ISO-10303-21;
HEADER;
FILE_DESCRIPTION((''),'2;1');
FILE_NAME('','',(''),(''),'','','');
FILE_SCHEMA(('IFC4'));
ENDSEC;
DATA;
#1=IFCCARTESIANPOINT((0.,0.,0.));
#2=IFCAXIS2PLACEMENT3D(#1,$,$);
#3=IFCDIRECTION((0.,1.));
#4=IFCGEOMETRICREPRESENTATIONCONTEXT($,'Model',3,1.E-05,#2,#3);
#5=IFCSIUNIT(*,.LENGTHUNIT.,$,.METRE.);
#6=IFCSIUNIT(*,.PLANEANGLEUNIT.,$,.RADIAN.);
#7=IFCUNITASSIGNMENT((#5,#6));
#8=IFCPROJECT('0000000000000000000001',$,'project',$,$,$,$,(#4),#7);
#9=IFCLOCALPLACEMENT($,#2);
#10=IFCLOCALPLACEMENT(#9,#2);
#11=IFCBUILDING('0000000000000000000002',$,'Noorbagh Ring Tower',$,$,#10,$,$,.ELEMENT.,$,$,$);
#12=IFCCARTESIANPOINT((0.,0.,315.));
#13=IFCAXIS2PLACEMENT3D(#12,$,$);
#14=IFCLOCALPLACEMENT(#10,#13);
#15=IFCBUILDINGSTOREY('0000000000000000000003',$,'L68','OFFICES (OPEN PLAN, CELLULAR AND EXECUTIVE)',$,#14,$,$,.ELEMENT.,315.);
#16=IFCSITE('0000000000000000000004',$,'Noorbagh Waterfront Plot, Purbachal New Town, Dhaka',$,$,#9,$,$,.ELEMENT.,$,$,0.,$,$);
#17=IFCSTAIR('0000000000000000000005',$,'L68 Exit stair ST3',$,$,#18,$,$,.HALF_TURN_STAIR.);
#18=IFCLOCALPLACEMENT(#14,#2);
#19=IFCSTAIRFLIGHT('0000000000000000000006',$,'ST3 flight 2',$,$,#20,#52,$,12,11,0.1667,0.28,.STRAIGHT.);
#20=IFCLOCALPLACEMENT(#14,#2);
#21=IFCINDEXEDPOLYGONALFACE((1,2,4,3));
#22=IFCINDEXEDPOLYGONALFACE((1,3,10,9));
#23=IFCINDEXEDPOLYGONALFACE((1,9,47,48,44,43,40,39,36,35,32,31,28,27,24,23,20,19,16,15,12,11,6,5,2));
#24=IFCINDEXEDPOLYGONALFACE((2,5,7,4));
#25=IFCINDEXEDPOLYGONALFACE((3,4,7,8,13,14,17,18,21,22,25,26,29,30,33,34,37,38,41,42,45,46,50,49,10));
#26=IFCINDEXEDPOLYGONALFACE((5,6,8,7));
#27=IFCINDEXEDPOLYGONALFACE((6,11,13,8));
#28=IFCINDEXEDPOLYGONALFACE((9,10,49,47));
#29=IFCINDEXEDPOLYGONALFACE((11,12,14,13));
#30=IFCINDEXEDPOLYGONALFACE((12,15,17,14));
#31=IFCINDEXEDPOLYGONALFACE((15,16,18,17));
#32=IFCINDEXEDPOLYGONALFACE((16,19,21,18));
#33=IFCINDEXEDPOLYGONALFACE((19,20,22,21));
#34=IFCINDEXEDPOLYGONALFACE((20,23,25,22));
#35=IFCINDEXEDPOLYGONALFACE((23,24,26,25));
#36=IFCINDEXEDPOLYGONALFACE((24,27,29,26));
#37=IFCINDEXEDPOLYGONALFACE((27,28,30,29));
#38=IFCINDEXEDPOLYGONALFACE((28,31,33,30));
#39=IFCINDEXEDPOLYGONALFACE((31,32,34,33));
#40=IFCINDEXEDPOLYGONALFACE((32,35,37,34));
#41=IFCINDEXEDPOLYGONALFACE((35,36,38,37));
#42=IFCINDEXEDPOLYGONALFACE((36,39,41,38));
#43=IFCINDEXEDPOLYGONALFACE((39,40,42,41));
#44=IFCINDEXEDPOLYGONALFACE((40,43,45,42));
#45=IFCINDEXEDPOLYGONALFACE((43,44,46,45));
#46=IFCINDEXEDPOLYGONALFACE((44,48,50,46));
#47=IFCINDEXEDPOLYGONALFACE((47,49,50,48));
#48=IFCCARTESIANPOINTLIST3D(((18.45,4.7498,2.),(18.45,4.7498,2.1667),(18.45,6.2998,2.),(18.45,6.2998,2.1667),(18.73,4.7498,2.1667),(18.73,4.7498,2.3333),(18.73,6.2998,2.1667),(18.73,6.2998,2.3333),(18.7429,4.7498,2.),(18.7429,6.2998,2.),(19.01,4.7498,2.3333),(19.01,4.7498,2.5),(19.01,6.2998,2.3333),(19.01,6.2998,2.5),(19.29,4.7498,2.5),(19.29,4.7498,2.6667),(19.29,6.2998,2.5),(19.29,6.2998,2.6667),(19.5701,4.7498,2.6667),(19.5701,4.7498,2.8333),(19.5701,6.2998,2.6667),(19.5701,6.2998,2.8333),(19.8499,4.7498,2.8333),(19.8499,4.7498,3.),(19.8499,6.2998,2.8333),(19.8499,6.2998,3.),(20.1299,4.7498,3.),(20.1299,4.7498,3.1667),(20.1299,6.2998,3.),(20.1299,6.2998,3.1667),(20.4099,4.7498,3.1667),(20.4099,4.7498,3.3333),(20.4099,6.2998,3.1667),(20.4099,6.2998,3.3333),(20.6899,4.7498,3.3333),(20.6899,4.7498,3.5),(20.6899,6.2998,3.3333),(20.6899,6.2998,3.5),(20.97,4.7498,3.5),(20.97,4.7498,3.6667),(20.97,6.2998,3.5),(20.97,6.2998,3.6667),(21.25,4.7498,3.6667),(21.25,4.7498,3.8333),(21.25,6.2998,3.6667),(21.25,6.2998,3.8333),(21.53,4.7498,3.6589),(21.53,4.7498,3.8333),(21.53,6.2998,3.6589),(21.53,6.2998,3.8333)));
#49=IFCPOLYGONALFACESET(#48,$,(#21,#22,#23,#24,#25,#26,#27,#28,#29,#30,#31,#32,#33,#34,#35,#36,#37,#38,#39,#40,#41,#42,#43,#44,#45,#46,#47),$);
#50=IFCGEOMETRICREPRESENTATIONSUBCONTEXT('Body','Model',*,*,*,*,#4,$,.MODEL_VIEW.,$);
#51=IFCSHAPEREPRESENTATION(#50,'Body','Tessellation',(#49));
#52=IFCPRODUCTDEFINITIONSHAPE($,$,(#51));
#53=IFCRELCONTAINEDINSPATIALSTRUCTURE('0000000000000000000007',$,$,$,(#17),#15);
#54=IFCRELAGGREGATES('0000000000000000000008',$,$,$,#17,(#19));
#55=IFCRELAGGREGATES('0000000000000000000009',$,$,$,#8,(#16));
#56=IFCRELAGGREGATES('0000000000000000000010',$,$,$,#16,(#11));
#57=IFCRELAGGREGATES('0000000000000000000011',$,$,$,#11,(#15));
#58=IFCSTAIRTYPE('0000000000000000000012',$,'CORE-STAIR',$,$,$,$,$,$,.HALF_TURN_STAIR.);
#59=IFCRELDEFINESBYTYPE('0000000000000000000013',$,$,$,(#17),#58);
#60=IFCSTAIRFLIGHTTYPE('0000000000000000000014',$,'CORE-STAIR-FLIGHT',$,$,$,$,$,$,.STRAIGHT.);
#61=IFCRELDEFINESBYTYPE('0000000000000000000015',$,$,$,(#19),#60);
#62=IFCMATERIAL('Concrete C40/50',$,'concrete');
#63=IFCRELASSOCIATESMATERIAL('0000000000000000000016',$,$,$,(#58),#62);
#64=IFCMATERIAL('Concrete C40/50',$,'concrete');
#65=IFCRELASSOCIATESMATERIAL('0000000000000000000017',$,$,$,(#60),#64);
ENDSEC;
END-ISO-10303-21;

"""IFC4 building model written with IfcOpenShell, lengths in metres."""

from ifc_helpers import new_model, si_unit, direction, frame, origin, place, context, subcontext, project, spatial, polyline, outline, extrude, material, type_object, element, aggregate, save


model = new_model("IFC4")

# Units and contexts
model_context = context("Model", 3, precision=1e-05, world=origin(), true_north=direction((0.0, 1.0)))
body_context = subcontext(model_context, "Body", "Model", "MODEL_VIEW")
ifc_project = project(units=[si_unit("LENGTHUNIT", "METRE"), si_unit("PLANEANGLEUNIT", "RADIAN")], contexts=[model_context])

# Site, building, storey
site_placement = place(None, origin())
site = spatial("IfcSite", under=ifc_project, at=site_placement, Name="Noorbagh Waterfront Plot, Purbachal New Town, Dhaka", CompositionType="ELEMENT", RefElevation=0.0)
building_placement = place(site_placement, origin())
building = spatial("IfcBuilding", under=site, at=building_placement, Name="Noorbagh Ring Tower", CompositionType="ELEMENT")
storey_placement = place(building_placement, frame((0.0, 0.0, 315.0)))
storey = spatial("IfcBuildingStorey", under=building, at=storey_placement, Name="L68", Description="OFFICES (OPEN PLAN, CELLULAR AND EXECUTIVE)", CompositionType="ELEMENT", Elevation=315.0)

# Stair, stair flight
ifc_material_1 = material(Name="Concrete C40/50", Category="concrete")
stair_type = type_object("IfcStairType", Name="CORE-STAIR", PredefinedType="HALF_TURN_STAIR", material=ifc_material_1)
stair_placement = place(storey_placement, origin())
stair = element("IfcStair", 1, at=stair_placement, inside=storey, type_object=stair_type, Name="L68 Exit stair ST3", PredefinedType="HALF_TURN_STAIR")
ifc_material_2 = material(Name="Concrete C40/50", Category="concrete")
stair_flight_type = type_object("IfcStairFlightType", Name="CORE-STAIR-FLIGHT", PredefinedType="STRAIGHT", material=ifc_material_2)
stair_flight_placement = place(storey_placement, frame((18.45, 5.5249, 2.0), z_axis=(0.0, 0.0, 1.0), x_axis=(1.0, 0.0, 0.0)))
stair_flight = element("IfcStairFlight", 2, at=stair_flight_placement, type_object=stair_flight_type, Name="ST3 flight 2", NumberOfRisers=12, NumberOfTreads=11, PredefinedType="STRAIGHT", RiserHeight=0.1667, TreadLength=0.28, context=body_context, shape_type="SweptSolid", body=[
    extrude(outline(polyline([(0.0, 0.0), (0.0, 0.1667), (0.28, 0.1667), (0.28, 0.3333), (0.5601, 0.3333), (0.5601, 0.5), (0.8401, 0.5), (0.8401, 0.6667), (1.1201, 0.6667), (1.1201, 0.8333), (1.3999, 0.8333), (1.3999, 1.0), (1.6799, 1.0), (1.6799, 1.1667), (1.96, 1.1667), (1.96, 1.3333), (2.24, 1.3333), (2.24, 1.5), (2.52, 1.5), (2.52, 1.6667), (2.8, 1.6667), (2.8, 1.8333), (3.0801, 1.8333), (3.0801, 2.0), (3.0801, 1.6589), (0.293, 0.0), (0.0, 0.0)])), frame((0.0, 0.7749, 0.0), z_axis=(0.0, -1.0, 0.0), x_axis=(1.0, 0.0, 0.0)), (0.0, 0.0, 1.0), 1.55),
])
aggregate(stair, [stair_flight])

save(model, "model.ifc")
